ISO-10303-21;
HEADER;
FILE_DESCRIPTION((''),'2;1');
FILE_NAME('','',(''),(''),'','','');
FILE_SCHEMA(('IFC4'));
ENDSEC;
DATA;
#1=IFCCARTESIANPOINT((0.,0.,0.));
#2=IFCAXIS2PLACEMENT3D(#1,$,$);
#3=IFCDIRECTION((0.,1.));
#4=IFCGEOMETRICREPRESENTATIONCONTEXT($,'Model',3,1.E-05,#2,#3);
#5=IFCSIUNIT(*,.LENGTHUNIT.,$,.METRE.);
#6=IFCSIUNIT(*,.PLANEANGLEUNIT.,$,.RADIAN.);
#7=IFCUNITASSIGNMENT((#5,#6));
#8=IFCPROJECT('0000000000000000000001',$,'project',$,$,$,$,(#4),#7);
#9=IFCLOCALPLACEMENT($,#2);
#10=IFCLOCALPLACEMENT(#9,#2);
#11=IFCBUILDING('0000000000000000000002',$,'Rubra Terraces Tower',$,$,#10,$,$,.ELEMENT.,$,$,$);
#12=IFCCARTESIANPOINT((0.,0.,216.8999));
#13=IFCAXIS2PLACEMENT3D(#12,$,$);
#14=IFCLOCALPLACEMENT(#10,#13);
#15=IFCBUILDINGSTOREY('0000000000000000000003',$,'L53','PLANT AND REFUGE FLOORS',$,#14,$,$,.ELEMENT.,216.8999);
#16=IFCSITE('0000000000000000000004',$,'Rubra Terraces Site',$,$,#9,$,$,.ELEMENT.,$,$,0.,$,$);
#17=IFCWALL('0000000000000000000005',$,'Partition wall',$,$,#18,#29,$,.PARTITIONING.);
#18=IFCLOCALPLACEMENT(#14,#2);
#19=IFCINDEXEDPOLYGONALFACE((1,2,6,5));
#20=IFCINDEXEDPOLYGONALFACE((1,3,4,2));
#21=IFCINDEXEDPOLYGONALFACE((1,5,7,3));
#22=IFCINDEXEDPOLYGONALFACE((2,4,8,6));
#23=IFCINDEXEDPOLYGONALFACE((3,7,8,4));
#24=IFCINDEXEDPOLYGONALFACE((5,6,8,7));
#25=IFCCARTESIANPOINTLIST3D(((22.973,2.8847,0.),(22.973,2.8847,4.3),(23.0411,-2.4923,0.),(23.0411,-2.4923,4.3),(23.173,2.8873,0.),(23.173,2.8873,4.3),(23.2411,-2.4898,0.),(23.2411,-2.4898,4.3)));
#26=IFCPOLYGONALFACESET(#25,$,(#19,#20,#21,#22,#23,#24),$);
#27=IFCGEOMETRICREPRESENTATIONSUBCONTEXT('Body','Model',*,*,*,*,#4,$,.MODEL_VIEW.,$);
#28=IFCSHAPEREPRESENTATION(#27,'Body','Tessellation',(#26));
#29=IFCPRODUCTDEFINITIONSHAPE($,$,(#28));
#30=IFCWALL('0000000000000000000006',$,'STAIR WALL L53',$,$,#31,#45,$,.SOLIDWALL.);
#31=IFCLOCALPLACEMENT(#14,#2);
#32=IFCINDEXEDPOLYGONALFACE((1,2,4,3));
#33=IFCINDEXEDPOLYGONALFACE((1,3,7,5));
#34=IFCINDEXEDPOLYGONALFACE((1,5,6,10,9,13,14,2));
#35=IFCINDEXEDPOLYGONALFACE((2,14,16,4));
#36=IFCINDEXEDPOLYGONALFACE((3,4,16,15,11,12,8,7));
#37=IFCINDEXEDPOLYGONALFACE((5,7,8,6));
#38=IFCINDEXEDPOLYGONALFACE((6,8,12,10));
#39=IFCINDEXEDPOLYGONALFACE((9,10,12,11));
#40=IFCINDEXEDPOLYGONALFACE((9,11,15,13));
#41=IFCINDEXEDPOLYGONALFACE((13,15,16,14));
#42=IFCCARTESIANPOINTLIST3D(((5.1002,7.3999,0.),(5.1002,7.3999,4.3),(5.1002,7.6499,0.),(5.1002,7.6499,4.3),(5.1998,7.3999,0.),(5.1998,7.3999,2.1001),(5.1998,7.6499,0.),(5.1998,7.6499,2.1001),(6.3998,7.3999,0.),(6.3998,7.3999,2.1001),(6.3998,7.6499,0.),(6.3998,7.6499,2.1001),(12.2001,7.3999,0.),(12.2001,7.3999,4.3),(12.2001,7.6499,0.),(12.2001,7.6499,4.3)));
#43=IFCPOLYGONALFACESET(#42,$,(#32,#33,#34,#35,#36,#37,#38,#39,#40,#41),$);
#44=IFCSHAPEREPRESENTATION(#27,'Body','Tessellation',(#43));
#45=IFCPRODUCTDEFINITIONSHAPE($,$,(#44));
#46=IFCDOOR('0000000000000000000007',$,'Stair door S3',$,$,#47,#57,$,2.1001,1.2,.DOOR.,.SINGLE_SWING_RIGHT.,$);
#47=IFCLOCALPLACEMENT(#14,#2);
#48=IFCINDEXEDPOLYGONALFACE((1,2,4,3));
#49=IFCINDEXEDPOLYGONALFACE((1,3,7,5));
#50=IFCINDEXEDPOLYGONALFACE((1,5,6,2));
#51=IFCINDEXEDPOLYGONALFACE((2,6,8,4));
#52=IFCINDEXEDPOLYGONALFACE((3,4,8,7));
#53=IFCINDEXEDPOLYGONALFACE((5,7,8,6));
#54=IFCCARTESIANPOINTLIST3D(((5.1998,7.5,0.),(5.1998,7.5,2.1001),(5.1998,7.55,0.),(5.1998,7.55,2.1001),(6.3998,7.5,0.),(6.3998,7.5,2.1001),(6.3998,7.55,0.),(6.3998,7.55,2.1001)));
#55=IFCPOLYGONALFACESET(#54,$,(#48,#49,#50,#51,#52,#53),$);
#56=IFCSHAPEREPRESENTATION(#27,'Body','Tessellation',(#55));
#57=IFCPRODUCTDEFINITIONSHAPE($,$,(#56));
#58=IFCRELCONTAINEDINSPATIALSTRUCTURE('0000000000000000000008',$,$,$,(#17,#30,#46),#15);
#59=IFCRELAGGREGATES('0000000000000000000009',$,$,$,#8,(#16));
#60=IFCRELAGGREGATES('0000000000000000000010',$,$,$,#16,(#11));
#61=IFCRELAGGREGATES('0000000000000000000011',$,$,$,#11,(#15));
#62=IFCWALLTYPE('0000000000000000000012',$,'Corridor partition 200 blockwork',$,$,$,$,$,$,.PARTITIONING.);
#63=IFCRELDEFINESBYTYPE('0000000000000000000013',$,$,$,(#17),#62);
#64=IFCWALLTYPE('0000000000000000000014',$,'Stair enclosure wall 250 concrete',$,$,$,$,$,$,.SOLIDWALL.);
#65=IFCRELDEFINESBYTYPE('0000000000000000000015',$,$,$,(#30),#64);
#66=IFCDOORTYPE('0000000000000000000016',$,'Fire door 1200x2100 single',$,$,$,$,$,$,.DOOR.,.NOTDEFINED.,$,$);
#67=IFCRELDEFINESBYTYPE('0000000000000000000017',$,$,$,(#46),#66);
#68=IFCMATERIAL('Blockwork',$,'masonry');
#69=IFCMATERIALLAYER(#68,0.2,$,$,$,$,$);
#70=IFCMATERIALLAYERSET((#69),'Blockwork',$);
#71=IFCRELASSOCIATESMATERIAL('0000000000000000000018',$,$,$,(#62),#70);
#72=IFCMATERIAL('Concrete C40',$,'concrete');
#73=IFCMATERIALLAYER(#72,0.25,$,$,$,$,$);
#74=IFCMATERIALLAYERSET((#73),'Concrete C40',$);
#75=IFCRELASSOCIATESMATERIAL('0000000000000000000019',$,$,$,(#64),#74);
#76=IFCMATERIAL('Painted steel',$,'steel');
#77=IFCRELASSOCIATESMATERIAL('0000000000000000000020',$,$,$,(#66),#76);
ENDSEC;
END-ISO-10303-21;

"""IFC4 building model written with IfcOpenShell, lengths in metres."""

from ifc_helpers import new_model, si_unit, direction, frame, frame_2d, origin, place, context, subcontext, project, spatial, rectangle, extrude, material, layer, layer_set, type_object, element, fill, save


model = new_model("IFC4")

# Units and contexts
model_context = context("Model", 3, precision=1e-05, world=origin(), true_north=direction((0.0, 1.0)))
body_context = subcontext(model_context, "Body", "Model", "MODEL_VIEW")
ifc_project = project(units=[si_unit("LENGTHUNIT", "METRE"), si_unit("PLANEANGLEUNIT", "RADIAN")], contexts=[model_context])

# Site, building, storey
site_placement = place(None, origin())
site = spatial("IfcSite", under=ifc_project, at=site_placement, Name="Rubra Terraces Site", CompositionType="ELEMENT", RefElevation=0.0)
building_placement = place(site_placement, origin())
building = spatial("IfcBuilding", under=site, at=building_placement, Name="Rubra Terraces Tower", CompositionType="ELEMENT")
storey_placement = place(building_placement, frame((0.0, 0.0, 216.8999)))
storey = spatial("IfcBuildingStorey", under=building, at=storey_placement, Name="L53", Description="PLANT AND REFUGE FLOORS", CompositionType="ELEMENT", Elevation=216.8999)

# Wall
ifc_material_1 = material(Name="Concrete C40", Category="concrete")
ifc_material_2 = material(Name="Blockwork", Category="masonry")
ifc_layer_1 = layer(ifc_material_2, 0.2)
ifc_layer_set_1 = layer_set([ifc_layer_1], Name="Blockwork")
wall_type_1 = type_object("IfcWallType", Name="Corridor partition 200 blockwork", PredefinedType="PARTITIONING", material=ifc_layer_set_1)
wall_1_placement = place(storey_placement, frame((23.073, 2.886, 0.0), z_axis=(0.0, 0.0, 1.0), x_axis=(0.012667, -0.99992, 0.0)))
element("IfcWall", 1, at=wall_1_placement, inside=storey, type_object=wall_type_1, Name="Partition wall", PredefinedType="PARTITIONING", context=body_context, shape_type="SweptSolid", body=[
    extrude(rectangle(XDim=5.3774, YDim=0.2, at=frame_2d((2.6887, 0.0))), origin(), (0.0, 0.0, 1.0), 4.3),
])

# Wall, opening, door
ifc_layer_2 = layer(ifc_material_1, 0.25)
ifc_layer_set_2 = layer_set([ifc_layer_2], Name="Concrete C40")
wall_type_2 = type_object("IfcWallType", Name="Stair enclosure wall 250 concrete", PredefinedType="SOLIDWALL", material=ifc_layer_set_2)
wall_2_placement = place(storey_placement, frame((12.2, 7.5249, 0.0), z_axis=(0.0, 0.0, 1.0), x_axis=(-1.0, 0.0, 0.0)))
wall_2 = element("IfcWall", 2, at=wall_2_placement, inside=storey, type_object=wall_type_2, Name="STAIR WALL L53", PredefinedType="SOLIDWALL", context=body_context, shape_type="SweptSolid", body=[
    extrude(rectangle(XDim=7.0999, YDim=0.25, at=frame_2d((3.5498, 0.0))), origin(), (0.0, 0.0, 1.0), 4.3),
])
opening_1_placement = place(wall_2_placement, frame((5.8, 0.0, 0.0)))
opening_1 = element("IfcOpeningElement", 3, at=opening_1_placement, cuts=wall_2, PredefinedType="OPENING", context=body_context, shape_type="SweptSolid", body=[
    extrude(rectangle(XDim=1.2, YDim=2.1001, at=frame_2d((0.6001, 1.05))), frame((0.0, 0.135, 0.0), z_axis=(0.0, -1.0, 0.0), x_axis=(1.0, 0.0, 0.0)), (0.0, 0.0, 1.0), 0.27),
])
ifc_material_3 = material(Name="Painted steel", Category="steel")
door_type = type_object("IfcDoorType", Name="Fire door 1200x2100 single", OperationType="NOTDEFINED", PredefinedType="DOOR", material=ifc_material_3)
door_placement = place(opening_1_placement, origin())
door = element("IfcDoor", 4, at=door_placement, inside=storey, type_object=door_type, Name="Stair door S3", OperationType="SINGLE_SWING_RIGHT", OverallHeight=2.1001, OverallWidth=1.2, PredefinedType="DOOR", context=body_context, shape_type="SweptSolid", body=[
    extrude(rectangle(XDim=1.2, YDim=2.1001, at=frame_2d((0.6001, 1.05))), frame((0.0, 0.0249, 0.0), z_axis=(0.0, -1.0, 0.0), x_axis=(1.0, 0.0, 0.0)), (0.0, 0.0, 1.0), 0.05),
])
fill(opening_1, door)

save(model, "model.ifc")
